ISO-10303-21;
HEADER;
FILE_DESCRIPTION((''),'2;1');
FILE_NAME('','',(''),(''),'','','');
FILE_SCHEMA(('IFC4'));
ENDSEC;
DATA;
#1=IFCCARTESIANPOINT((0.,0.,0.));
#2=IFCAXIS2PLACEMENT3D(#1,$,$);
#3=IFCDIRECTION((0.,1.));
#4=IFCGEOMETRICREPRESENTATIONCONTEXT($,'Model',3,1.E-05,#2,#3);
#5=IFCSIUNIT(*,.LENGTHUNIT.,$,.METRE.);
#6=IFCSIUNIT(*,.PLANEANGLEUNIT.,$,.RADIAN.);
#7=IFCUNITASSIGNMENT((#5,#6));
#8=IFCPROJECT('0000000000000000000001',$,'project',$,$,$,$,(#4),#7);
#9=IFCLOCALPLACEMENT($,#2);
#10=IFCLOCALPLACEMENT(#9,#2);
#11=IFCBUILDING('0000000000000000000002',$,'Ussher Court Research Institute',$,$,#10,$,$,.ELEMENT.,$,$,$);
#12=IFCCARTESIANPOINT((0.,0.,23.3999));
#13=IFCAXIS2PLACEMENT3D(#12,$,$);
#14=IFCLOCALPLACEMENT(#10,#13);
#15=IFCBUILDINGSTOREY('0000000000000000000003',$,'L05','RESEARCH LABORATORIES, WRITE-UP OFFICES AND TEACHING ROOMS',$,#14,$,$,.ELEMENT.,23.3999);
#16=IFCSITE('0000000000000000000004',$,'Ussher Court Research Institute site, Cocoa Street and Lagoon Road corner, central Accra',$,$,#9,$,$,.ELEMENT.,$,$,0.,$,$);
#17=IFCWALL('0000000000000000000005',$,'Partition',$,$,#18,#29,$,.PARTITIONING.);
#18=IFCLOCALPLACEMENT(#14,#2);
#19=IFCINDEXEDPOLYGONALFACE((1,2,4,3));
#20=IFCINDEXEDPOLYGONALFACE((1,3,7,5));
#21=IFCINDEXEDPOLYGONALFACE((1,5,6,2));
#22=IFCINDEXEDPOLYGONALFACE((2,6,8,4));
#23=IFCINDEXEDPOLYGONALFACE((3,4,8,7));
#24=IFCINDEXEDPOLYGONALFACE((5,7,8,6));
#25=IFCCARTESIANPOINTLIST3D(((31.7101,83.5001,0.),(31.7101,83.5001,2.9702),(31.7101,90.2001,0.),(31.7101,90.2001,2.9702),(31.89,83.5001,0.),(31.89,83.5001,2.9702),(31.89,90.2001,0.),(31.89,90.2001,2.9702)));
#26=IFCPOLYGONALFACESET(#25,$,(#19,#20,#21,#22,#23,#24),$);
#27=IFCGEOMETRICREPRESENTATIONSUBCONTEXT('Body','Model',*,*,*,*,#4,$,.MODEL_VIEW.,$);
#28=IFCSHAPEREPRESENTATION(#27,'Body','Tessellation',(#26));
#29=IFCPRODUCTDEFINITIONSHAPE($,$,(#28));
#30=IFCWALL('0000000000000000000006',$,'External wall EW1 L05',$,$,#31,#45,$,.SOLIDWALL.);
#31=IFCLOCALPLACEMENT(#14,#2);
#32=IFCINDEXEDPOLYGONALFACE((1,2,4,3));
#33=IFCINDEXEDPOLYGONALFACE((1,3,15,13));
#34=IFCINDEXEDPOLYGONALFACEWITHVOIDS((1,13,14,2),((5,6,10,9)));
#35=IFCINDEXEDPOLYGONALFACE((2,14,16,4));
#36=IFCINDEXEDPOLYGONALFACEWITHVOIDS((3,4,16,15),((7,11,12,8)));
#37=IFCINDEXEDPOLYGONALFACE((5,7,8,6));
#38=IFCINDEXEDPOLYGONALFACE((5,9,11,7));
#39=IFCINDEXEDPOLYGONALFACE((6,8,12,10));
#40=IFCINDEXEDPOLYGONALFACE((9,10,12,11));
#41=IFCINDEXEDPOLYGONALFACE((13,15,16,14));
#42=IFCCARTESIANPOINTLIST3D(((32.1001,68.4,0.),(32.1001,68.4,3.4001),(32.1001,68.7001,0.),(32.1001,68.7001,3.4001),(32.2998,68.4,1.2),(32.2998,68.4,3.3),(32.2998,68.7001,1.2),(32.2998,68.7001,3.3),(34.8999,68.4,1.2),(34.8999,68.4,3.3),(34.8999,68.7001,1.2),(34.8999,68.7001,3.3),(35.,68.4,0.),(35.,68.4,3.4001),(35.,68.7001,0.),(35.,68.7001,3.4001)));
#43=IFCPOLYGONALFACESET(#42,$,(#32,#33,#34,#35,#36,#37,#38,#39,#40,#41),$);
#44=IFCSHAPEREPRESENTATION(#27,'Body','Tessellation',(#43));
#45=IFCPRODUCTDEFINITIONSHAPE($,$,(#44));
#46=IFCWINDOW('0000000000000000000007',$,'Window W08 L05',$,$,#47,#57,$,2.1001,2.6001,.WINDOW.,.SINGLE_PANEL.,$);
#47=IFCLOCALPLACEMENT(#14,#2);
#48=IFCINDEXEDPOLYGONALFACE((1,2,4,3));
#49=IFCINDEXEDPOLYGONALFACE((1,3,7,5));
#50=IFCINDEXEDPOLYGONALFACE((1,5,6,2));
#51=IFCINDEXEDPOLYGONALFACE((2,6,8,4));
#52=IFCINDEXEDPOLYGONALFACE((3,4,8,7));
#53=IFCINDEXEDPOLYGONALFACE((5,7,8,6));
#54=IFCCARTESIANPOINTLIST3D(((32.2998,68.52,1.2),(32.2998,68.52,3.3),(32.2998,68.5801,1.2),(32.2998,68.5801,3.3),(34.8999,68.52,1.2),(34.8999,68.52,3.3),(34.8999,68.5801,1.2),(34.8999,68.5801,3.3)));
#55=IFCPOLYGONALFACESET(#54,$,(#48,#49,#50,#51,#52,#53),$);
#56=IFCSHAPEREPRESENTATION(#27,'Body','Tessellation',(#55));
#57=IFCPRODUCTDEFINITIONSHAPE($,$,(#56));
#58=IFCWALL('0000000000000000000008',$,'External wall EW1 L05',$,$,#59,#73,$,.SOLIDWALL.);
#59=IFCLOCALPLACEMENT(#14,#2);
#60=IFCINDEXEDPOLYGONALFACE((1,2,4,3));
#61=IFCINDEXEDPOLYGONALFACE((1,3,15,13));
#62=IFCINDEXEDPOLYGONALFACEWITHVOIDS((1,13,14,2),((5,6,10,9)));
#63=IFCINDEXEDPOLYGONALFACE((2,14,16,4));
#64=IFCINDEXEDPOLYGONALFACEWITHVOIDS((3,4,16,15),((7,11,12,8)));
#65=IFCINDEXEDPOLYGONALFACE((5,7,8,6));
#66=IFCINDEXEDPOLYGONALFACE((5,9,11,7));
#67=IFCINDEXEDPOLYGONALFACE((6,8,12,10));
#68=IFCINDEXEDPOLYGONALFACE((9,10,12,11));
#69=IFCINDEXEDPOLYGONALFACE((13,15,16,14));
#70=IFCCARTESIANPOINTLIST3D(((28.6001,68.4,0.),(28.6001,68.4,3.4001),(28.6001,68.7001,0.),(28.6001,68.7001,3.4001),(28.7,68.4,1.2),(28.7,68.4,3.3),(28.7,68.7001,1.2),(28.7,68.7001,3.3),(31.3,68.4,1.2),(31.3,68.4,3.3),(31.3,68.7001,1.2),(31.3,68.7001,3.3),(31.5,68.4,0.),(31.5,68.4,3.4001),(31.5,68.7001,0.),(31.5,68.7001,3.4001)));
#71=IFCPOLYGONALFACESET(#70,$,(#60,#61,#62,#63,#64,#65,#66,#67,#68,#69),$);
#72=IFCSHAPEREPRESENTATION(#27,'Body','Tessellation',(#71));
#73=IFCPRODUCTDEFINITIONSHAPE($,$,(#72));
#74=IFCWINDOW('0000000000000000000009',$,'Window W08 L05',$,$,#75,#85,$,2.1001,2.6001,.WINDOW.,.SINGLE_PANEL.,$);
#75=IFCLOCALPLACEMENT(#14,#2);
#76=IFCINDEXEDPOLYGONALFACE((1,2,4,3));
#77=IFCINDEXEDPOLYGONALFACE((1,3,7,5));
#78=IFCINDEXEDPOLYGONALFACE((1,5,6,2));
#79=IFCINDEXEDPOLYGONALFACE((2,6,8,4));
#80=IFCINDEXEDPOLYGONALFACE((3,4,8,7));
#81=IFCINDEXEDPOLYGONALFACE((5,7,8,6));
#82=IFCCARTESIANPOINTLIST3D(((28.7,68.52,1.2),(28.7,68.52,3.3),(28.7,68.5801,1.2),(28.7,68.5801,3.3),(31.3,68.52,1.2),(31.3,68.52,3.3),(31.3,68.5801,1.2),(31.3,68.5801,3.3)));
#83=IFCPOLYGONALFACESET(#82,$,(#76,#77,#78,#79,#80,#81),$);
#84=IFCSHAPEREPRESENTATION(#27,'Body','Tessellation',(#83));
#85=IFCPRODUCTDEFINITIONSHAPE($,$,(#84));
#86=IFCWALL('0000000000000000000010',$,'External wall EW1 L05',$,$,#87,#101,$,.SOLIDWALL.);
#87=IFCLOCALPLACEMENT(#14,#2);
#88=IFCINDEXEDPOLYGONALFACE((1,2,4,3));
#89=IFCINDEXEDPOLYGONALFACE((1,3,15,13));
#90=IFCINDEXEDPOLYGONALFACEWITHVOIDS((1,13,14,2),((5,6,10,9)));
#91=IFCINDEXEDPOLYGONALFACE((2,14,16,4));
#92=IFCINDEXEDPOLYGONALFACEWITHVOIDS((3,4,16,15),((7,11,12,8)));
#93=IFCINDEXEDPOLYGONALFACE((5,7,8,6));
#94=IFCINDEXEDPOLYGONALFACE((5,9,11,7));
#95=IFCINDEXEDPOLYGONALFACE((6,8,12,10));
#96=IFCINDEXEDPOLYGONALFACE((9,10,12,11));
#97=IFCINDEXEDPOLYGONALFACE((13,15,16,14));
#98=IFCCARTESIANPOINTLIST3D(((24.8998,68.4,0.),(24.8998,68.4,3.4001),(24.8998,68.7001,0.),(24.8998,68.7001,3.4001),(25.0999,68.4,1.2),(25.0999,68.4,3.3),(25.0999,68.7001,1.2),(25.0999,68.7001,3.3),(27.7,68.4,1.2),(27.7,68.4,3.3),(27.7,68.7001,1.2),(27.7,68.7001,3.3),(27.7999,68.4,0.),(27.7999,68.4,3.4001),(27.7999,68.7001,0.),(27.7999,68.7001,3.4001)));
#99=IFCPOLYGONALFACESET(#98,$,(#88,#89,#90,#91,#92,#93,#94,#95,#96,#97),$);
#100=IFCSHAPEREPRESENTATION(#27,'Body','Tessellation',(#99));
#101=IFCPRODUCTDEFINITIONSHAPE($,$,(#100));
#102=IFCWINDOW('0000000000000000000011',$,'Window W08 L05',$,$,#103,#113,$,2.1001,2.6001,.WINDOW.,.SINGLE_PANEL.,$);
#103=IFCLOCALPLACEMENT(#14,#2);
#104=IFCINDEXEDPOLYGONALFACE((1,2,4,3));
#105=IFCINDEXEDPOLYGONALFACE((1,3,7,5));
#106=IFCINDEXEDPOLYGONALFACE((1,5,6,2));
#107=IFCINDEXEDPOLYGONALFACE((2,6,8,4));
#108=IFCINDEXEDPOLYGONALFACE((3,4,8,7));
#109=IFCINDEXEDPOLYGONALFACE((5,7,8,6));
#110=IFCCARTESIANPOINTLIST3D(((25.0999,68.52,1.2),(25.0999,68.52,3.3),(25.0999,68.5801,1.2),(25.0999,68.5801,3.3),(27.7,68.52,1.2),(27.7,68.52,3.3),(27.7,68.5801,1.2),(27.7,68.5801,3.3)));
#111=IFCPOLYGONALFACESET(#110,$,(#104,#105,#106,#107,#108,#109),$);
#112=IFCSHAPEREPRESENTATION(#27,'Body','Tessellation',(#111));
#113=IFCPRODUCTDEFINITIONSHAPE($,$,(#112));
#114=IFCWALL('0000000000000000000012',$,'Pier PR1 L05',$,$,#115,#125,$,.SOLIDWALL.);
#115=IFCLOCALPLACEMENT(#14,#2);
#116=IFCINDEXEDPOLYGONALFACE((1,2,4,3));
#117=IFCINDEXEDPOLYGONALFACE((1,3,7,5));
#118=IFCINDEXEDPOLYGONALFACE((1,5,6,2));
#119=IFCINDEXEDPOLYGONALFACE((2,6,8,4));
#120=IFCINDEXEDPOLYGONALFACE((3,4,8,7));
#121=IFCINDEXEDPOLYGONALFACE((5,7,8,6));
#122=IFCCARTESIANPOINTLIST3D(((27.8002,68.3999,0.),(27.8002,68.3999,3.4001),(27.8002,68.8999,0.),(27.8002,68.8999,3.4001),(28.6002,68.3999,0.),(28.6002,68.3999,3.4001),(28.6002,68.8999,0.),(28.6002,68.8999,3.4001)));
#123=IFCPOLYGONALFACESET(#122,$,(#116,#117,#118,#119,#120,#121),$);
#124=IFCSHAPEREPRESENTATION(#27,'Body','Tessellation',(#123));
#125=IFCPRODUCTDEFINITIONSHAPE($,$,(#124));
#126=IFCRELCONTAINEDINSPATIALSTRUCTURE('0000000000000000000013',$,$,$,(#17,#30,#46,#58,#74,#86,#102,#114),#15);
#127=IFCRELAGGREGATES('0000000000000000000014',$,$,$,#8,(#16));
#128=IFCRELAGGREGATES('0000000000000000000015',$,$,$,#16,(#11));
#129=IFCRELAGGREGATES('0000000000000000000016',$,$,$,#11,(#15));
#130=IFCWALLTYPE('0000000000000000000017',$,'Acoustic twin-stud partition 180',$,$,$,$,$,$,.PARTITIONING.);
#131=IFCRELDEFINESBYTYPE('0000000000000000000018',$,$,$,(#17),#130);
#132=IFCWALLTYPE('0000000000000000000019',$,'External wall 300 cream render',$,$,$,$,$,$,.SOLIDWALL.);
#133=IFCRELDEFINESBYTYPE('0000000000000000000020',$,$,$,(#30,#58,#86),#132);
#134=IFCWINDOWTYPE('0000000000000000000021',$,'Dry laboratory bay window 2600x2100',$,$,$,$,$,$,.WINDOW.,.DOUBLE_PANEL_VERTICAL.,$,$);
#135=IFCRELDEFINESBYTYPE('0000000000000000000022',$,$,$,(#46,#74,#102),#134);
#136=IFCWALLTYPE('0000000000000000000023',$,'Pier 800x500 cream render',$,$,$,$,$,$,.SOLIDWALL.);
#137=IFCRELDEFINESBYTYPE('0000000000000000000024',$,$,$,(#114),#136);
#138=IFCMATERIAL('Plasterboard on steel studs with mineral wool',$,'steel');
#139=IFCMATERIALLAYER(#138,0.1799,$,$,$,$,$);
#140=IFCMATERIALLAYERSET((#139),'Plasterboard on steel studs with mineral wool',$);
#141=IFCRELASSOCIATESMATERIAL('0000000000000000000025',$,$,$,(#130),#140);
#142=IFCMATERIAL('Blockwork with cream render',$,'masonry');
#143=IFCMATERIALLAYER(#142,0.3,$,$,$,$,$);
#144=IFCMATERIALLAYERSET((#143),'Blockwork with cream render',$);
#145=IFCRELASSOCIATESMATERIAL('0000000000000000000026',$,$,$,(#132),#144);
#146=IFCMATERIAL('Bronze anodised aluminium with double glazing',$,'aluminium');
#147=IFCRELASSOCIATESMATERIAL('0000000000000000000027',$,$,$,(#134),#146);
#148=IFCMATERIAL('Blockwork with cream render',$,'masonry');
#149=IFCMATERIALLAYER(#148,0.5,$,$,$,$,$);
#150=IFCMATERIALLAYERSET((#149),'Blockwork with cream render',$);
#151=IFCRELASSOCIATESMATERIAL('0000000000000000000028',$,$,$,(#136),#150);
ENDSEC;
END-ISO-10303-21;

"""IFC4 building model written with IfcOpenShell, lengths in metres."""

from ifc_helpers import new_model, si_unit, direction, frame, frame_2d, origin, place, context, subcontext, project, spatial, rectangle, extrude, material, layer, layer_set, type_object, element, fill, save


model = new_model("IFC4")

# Units and contexts
model_context = context("Model", 3, precision=1e-05, world=origin(), true_north=direction((0.0, 1.0)))
body_context = subcontext(model_context, "Body", "Model", "MODEL_VIEW")
ifc_project = project(units=[si_unit("LENGTHUNIT", "METRE"), si_unit("PLANEANGLEUNIT", "RADIAN")], contexts=[model_context])

# Site, building, storey
site_placement = place(None, origin())
site = spatial("IfcSite", under=ifc_project, at=site_placement, Name="Ussher Court Research Institute site, Cocoa Street and Lagoon Road corner, central Accra", CompositionType="ELEMENT", RefElevation=0.0)
building_placement = place(site_placement, origin())
building = spatial("IfcBuilding", under=site, at=building_placement, Name="Ussher Court Research Institute", CompositionType="ELEMENT")
storey_placement = place(building_placement, frame((0.0, 0.0, 23.3999)))
storey = spatial("IfcBuildingStorey", under=building, at=storey_placement, Name="L05", Description="RESEARCH LABORATORIES, WRITE-UP OFFICES AND TEACHING ROOMS", CompositionType="ELEMENT", Elevation=23.3999)

# Wall
ifc_material_1 = material(Name="Plasterboard on steel studs with mineral wool", Category="steel")
ifc_layer_1 = layer(ifc_material_1, 0.1799)
ifc_layer_set_1 = layer_set([ifc_layer_1], Name="Plasterboard on steel studs with mineral wool")
wall_type_1 = type_object("IfcWallType", Name="Acoustic twin-stud partition 180", PredefinedType="PARTITIONING", material=ifc_layer_set_1)
wall_1_placement = place(storey_placement, frame((31.8, 83.5, 0.0), z_axis=(0.0, 0.0, 1.0), x_axis=(0.0, 1.0, 0.0)))
element("IfcWall", 1, at=wall_1_placement, inside=storey, type_object=wall_type_1, Name="Partition", PredefinedType="PARTITIONING", context=body_context, shape_type="SweptSolid", body=[
    extrude(rectangle(XDim=6.7, YDim=0.1799, at=frame_2d((3.3501, 0.0))), origin(), (0.0, 0.0, 1.0), 2.9702),
])

# Walls, openings, windows
ifc_material_2 = material(Name="Blockwork with cream render", Category="masonry")
ifc_layer_2 = layer(ifc_material_2, 0.3)
ifc_layer_set_2 = layer_set([ifc_layer_2], Name="Blockwork with cream render")
wall_type_2 = type_object("IfcWallType", Name="External wall 300 cream render", PredefinedType="SOLIDWALL", material=ifc_layer_set_2)
wall_2_placement = place(storey_placement, frame((35.0, 68.55, 0.0), z_axis=(0.0, 0.0, 1.0), x_axis=(-1.0, 0.0, 0.0)))
wall_2 = element("IfcWall", 2, at=wall_2_placement, inside=storey, type_object=wall_type_2, Name="External wall EW1 L05", PredefinedType="SOLIDWALL", context=body_context, shape_type="SweptSolid", body=[
    extrude(rectangle(XDim=2.8999, YDim=0.3, at=frame_2d((1.45, 0.0))), origin(), (0.0, 0.0, 1.0), 3.4001),
])
opening_1_placement = place(wall_2_placement, frame((0.1001, 0.0, 1.2)))
opening_1 = element("IfcOpeningElement", 3, at=opening_1_placement, cuts=wall_2, PredefinedType="OPENING", context=body_context, shape_type="SweptSolid", body=[
    extrude(rectangle(XDim=2.6001, YDim=2.1001, at=frame_2d((1.3, 1.05))), frame((0.0, 0.1602, 0.0), z_axis=(0.0, -1.0, 0.0), x_axis=(1.0, 0.0, 0.0)), (0.0, 0.0, 1.0), 0.3201),
])
ifc_material_3 = material(Name="Bronze anodised aluminium with double glazing", Category="aluminium")
window_type = type_object("IfcWindowType", Name="Dry laboratory bay window 2600x2100", PartitioningType="DOUBLE_PANEL_VERTICAL", PredefinedType="WINDOW", material=ifc_material_3)
window_1_placement = place(opening_1_placement, origin())
window_1 = element("IfcWindow", 4, at=window_1_placement, inside=storey, type_object=window_type, Name="Window W08 L05", OverallHeight=2.1001, OverallWidth=2.6001, PartitioningType="SINGLE_PANEL", PredefinedType="WINDOW", context=body_context, shape_type="SweptSolid", body=[
    extrude(rectangle(XDim=2.6001, YDim=2.1001, at=frame_2d((1.3, 1.05))), frame((0.0, 0.03, 0.0), z_axis=(0.0, -1.0, 0.0), x_axis=(1.0, 0.0, 0.0)), (0.0, 0.0, 1.0), 0.0601),
])
fill(opening_1, window_1)
wall_3_placement = place(storey_placement, frame((31.5, 68.55, 0.0), z_axis=(0.0, 0.0, 1.0), x_axis=(-1.0, 0.0, 0.0)))
wall_3 = element("IfcWall", 5, at=wall_3_placement, inside=storey, type_object=wall_type_2, Name="External wall EW1 L05", PredefinedType="SOLIDWALL", context=body_context, shape_type="SweptSolid", body=[
    extrude(rectangle(XDim=2.8999, YDim=0.3, at=frame_2d((1.45, 0.0))), origin(), (0.0, 0.0, 1.0), 3.4001),
])
opening_2_placement = place(wall_3_placement, frame((0.2, 0.0, 1.2)))
opening_2 = element("IfcOpeningElement", 6, at=opening_2_placement, cuts=wall_3, PredefinedType="OPENING", context=body_context, shape_type="SweptSolid", body=[
    extrude(rectangle(XDim=2.6001, YDim=2.1001, at=frame_2d((1.3, 1.05))), frame((0.0, 0.1602, 0.0), z_axis=(0.0, -1.0, 0.0), x_axis=(1.0, 0.0, 0.0)), (0.0, 0.0, 1.0), 0.3201),
])
window_2_placement = place(opening_2_placement, origin())
window_2 = element("IfcWindow", 7, at=window_2_placement, inside=storey, type_object=window_type, Name="Window W08 L05", OverallHeight=2.1001, OverallWidth=2.6001, PartitioningType="SINGLE_PANEL", PredefinedType="WINDOW", context=body_context, shape_type="SweptSolid", body=[
    extrude(rectangle(XDim=2.6001, YDim=2.1001, at=frame_2d((1.3, 1.05))), frame((0.0, 0.03, 0.0), z_axis=(0.0, -1.0, 0.0), x_axis=(1.0, 0.0, 0.0)), (0.0, 0.0, 1.0), 0.0601),
])
fill(opening_2, window_2)
wall_4_placement = place(storey_placement, frame((27.8, 68.55, 0.0), z_axis=(0.0, 0.0, 1.0), x_axis=(-1.0, 0.0, 0.0)))
wall_4 = element("IfcWall", 8, at=wall_4_placement, inside=storey, type_object=wall_type_2, Name="External wall EW1 L05", PredefinedType="SOLIDWALL", context=body_context, shape_type="SweptSolid", body=[
    extrude(rectangle(XDim=2.9001, YDim=0.3, at=frame_2d((1.4502, 0.0))), origin(), (0.0, 0.0, 1.0), 3.4001),
])
opening_3_placement = place(wall_4_placement, frame((0.1001, 0.0, 1.2)))
opening_3 = element("IfcOpeningElement", 9, at=opening_3_placement, cuts=wall_4, PredefinedType="OPENING", context=body_context, shape_type="SweptSolid", body=[
    extrude(rectangle(XDim=2.6001, YDim=2.1001, at=frame_2d((1.3, 1.05))), frame((0.0, 0.1602, 0.0), z_axis=(0.0, -1.0, 0.0), x_axis=(1.0, 0.0, 0.0)), (0.0, 0.0, 1.0), 0.3201),
])
window_3_placement = place(opening_3_placement, origin())
window_3 = element("IfcWindow", 10, at=window_3_placement, inside=storey, type_object=window_type, Name="Window W08 L05", OverallHeight=2.1001, OverallWidth=2.6001, PartitioningType="SINGLE_PANEL", PredefinedType="WINDOW", context=body_context, shape_type="SweptSolid", body=[
    extrude(rectangle(XDim=2.6001, YDim=2.1001, at=frame_2d((1.3, 1.05))), frame((0.0, 0.03, 0.0), z_axis=(0.0, -1.0, 0.0), x_axis=(1.0, 0.0, 0.0)), (0.0, 0.0, 1.0), 0.0601),
])
fill(opening_3, window_3)

# Wall
ifc_material_4 = material(Name="Blockwork with cream render", Category="masonry")
ifc_layer_3 = layer(ifc_material_4, 0.5)
ifc_layer_set_3 = layer_set([ifc_layer_3], Name="Blockwork with cream render")
wall_type_3 = type_object("IfcWallType", Name="Pier 800x500 cream render", PredefinedType="SOLIDWALL", material=ifc_layer_set_3)
wall_5_placement = place(storey_placement, frame((28.6001, 68.6499, 0.0), z_axis=(0.0, 0.0, 1.0), x_axis=(-1.0, 0.0, 0.0)))
element("IfcWall", 11, at=wall_5_placement, inside=storey, type_object=wall_type_3, Name="Pier PR1 L05", PredefinedType="SOLIDWALL", context=body_context, shape_type="SweptSolid", body=[
    extrude(rectangle(XDim=0.8, YDim=0.5, at=frame_2d((0.3999, 0.0))), origin(), (0.0, 0.0, 1.0), 3.4001),
])

save(model, "model.ifc")
